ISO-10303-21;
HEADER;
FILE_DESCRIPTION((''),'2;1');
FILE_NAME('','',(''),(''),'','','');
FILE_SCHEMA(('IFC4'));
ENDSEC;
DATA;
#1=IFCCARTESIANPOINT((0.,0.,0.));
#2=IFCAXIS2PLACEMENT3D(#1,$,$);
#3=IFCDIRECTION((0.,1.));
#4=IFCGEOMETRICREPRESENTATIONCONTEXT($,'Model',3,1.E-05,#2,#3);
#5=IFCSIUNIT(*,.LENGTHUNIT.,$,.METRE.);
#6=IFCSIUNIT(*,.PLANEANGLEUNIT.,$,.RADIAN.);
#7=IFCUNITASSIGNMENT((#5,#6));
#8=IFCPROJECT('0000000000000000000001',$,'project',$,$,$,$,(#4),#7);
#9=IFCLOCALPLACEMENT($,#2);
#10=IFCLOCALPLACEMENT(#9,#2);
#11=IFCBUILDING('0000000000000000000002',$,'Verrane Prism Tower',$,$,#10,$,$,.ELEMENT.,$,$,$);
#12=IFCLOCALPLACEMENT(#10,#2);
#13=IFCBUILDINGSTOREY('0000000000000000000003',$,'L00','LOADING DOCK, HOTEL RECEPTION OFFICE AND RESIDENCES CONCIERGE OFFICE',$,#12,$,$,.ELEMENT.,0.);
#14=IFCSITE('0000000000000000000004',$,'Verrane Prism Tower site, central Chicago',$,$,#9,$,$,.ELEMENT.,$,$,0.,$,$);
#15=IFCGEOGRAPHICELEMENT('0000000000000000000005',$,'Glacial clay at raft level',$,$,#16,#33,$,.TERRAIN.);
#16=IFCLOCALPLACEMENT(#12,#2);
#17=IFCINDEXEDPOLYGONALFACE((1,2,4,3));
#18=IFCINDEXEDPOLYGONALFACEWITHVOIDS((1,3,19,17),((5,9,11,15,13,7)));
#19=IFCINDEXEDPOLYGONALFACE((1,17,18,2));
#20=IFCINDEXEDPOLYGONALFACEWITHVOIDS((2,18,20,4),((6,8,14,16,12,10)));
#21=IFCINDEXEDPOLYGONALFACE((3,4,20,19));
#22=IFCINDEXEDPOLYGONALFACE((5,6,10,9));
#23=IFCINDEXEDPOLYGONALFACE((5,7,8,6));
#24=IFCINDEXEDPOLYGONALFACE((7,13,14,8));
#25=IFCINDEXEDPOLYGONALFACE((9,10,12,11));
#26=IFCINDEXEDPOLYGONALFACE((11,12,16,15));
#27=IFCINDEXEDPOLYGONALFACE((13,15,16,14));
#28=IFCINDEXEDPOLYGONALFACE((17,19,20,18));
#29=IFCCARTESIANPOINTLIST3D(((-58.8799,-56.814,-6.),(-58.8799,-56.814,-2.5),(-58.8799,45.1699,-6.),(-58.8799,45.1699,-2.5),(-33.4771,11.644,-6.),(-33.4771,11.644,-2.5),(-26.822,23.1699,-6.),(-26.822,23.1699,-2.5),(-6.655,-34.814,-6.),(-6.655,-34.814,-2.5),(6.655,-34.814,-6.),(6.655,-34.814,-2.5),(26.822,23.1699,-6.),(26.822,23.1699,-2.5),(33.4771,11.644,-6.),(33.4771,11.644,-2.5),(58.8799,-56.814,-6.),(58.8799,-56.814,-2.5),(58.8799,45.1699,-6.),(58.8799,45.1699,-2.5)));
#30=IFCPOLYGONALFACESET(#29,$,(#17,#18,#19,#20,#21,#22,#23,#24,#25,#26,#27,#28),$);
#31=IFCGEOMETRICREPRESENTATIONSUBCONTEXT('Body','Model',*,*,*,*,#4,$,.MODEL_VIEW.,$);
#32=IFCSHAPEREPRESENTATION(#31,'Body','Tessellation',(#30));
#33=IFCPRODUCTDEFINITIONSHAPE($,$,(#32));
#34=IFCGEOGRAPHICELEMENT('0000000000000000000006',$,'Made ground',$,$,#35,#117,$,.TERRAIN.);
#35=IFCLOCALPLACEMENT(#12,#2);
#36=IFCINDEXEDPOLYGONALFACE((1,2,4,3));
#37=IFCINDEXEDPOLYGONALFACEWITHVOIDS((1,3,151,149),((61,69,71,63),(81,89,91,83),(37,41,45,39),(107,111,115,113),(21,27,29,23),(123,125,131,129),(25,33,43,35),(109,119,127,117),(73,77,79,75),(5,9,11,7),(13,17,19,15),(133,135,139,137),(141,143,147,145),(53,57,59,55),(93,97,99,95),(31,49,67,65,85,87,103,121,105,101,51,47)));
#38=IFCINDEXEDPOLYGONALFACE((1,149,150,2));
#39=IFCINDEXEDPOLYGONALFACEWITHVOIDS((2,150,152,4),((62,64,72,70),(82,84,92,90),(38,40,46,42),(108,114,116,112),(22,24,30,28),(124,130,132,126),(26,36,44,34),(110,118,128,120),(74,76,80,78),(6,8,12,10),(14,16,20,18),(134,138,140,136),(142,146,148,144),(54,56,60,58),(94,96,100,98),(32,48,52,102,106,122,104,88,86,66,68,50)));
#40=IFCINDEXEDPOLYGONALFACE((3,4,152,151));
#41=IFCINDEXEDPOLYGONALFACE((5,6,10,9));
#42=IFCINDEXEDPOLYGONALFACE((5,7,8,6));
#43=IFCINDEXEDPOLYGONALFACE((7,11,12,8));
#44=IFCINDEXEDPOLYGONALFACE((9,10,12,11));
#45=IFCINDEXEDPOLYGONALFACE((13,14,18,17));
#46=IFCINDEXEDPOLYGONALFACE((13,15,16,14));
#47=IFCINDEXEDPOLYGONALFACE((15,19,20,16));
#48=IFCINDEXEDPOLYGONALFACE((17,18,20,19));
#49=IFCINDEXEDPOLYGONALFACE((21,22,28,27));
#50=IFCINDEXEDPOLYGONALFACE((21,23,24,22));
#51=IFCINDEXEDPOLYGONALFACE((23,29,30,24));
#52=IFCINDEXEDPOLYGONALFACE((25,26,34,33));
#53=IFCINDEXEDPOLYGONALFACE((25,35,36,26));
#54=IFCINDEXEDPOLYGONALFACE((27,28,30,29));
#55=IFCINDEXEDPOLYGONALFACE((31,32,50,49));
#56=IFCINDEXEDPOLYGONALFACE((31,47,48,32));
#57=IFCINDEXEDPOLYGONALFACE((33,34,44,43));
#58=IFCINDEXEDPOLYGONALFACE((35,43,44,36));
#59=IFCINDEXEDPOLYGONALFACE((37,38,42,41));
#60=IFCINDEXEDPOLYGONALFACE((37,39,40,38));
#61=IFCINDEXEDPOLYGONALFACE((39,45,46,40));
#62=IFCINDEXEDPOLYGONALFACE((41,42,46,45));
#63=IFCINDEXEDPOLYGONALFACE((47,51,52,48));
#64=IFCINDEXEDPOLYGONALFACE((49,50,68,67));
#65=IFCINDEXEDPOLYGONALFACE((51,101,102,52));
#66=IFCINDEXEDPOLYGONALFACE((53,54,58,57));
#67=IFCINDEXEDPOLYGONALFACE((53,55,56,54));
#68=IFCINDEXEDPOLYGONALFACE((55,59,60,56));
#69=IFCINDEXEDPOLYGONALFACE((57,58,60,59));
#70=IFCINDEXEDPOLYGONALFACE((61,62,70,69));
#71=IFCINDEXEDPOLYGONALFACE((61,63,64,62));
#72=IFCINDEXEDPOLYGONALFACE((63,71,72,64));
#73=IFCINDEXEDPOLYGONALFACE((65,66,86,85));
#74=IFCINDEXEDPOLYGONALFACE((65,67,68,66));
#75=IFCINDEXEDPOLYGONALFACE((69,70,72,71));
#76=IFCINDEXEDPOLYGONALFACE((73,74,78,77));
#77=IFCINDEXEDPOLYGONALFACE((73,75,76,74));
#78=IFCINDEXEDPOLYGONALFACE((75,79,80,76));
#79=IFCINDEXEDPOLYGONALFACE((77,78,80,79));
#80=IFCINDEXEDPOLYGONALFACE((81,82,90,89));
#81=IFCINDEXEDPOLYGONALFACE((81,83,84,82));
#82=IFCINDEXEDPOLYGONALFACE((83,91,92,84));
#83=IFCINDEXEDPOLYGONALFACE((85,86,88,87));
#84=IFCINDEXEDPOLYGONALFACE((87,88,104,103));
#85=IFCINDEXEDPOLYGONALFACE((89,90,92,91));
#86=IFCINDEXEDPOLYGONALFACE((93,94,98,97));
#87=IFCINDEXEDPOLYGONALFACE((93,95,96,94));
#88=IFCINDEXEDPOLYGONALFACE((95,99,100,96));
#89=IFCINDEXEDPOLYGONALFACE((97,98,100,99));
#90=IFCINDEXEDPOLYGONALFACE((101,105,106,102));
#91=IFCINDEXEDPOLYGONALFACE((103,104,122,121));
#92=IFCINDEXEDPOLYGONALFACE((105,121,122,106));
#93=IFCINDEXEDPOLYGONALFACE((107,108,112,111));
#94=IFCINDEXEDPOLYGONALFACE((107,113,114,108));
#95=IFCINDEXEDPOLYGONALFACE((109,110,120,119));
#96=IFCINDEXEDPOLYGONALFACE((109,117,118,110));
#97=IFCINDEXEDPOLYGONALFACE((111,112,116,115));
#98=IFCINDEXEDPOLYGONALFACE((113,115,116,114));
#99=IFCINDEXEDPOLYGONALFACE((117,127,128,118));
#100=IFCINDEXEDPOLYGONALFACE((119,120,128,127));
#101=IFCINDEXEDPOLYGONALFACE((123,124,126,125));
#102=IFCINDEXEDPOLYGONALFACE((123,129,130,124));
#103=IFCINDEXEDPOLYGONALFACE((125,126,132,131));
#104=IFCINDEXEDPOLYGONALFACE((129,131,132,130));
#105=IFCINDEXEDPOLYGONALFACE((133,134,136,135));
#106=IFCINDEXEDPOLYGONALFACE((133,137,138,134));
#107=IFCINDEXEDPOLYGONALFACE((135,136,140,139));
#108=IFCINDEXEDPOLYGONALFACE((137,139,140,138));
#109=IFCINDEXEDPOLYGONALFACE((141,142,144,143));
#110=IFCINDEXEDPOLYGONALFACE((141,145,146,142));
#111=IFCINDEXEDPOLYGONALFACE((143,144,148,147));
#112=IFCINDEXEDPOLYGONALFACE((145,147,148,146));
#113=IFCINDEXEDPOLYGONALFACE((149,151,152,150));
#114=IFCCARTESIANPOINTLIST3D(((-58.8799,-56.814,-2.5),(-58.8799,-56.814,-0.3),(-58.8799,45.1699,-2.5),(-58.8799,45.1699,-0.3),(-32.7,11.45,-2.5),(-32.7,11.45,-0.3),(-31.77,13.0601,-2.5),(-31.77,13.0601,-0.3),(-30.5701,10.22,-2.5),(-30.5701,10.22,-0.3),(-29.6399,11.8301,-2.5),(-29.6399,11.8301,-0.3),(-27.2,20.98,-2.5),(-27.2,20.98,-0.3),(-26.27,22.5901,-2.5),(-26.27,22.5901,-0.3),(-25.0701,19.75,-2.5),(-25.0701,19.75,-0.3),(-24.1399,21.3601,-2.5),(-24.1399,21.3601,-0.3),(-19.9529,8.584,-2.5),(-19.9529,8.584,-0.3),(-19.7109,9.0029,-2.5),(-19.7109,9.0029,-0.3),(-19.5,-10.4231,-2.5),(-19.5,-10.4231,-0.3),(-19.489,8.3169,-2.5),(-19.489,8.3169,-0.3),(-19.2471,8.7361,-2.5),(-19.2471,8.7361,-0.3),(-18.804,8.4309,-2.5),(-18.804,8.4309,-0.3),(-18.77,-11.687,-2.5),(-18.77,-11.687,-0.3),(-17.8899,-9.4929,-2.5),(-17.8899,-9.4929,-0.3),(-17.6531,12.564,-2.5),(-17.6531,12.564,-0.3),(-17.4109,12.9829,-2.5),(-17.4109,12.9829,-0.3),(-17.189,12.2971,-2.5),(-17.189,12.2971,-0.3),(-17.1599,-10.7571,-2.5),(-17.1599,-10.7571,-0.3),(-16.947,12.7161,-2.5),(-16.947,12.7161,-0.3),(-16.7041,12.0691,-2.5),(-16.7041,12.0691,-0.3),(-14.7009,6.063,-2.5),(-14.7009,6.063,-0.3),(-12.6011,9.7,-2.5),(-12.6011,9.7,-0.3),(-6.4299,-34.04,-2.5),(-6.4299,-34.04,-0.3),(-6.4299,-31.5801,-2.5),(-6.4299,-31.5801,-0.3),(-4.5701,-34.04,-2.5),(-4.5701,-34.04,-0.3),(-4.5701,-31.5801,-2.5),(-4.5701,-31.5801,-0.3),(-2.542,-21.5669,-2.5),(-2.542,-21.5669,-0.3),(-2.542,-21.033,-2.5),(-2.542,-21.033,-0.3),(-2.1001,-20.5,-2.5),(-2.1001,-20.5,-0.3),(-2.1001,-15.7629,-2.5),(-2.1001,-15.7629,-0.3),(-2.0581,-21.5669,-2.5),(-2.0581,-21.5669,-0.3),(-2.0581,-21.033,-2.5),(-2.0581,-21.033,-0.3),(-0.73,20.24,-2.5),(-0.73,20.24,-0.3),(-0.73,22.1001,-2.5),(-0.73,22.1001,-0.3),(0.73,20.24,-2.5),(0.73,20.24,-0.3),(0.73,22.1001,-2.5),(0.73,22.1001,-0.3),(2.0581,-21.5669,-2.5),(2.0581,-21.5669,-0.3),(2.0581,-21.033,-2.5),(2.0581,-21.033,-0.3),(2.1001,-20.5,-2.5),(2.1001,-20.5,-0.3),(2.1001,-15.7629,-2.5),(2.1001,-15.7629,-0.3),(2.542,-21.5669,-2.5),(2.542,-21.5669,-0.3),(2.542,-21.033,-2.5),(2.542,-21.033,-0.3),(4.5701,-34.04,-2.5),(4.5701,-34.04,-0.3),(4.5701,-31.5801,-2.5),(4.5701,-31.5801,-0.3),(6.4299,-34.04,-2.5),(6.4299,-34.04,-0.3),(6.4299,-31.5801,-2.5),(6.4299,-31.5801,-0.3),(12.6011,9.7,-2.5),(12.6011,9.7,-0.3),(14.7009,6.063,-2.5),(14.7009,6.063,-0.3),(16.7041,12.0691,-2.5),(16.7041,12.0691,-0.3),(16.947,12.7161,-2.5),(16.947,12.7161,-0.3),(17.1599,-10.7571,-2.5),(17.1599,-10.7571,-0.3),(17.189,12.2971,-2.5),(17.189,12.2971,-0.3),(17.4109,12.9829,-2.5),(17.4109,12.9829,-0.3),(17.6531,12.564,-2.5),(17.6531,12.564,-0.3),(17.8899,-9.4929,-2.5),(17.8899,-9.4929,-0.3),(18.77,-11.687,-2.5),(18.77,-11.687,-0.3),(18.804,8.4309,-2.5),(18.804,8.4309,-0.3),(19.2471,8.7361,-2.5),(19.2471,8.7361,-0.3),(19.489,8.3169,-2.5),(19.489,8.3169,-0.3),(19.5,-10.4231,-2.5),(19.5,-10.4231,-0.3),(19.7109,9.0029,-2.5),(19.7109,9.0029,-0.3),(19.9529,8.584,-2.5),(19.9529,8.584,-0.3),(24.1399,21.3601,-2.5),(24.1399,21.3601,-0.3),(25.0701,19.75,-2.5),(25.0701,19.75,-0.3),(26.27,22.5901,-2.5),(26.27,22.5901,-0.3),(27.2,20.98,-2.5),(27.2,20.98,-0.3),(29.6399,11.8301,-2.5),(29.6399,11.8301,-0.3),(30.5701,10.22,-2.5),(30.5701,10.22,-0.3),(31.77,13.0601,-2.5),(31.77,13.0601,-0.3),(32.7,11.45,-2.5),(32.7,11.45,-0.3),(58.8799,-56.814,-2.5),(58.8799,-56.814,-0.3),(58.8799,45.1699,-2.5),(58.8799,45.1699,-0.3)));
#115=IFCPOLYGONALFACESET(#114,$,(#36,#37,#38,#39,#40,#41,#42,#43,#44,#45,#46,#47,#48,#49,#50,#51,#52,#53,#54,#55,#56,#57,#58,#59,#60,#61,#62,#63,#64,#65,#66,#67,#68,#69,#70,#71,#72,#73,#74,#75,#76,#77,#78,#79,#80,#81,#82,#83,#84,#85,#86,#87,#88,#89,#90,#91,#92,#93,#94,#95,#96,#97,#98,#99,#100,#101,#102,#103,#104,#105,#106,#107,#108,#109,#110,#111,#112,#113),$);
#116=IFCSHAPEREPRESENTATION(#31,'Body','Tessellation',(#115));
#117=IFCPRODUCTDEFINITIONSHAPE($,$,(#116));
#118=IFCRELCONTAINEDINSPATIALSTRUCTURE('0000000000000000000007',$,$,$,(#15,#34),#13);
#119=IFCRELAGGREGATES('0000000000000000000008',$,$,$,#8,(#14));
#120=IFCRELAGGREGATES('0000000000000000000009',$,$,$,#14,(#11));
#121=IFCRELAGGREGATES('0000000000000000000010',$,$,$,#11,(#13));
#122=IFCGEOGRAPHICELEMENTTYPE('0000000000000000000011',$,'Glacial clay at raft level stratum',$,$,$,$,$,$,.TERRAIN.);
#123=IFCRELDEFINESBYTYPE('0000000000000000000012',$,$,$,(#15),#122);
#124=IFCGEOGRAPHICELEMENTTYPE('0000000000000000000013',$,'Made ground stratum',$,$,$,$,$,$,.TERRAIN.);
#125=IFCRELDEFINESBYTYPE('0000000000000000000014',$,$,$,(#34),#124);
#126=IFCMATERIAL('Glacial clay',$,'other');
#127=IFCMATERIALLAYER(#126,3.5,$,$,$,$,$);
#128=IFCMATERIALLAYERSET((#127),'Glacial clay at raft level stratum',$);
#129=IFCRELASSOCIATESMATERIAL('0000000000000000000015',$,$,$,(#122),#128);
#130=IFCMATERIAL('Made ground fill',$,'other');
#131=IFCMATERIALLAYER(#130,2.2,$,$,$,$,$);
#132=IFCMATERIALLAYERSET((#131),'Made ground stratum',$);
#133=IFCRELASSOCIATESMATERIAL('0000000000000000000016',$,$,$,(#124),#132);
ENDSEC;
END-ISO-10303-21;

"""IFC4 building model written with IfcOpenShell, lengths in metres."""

from ifc_helpers import new_model, si_unit, direction, frame, origin, place, context, subcontext, project, spatial, polyline, outline, extrude, material, layer, layer_set, type_object, element, save


model = new_model("IFC4")

# Units and contexts
model_context = context("Model", 3, precision=1e-05, world=origin(), true_north=direction((0.0, 1.0)))
body_context = subcontext(model_context, "Body", "Model", "MODEL_VIEW")
ifc_project = project(units=[si_unit("LENGTHUNIT", "METRE"), si_unit("PLANEANGLEUNIT", "RADIAN")], contexts=[model_context])

# Site, building, storey
site_placement = place(None, origin())
site = spatial("IfcSite", under=ifc_project, at=site_placement, Name="Verrane Prism Tower site, central Chicago", CompositionType="ELEMENT", RefElevation=0.0)
building_placement = place(site_placement, origin())
building = spatial("IfcBuilding", under=site, at=building_placement, Name="Verrane Prism Tower", CompositionType="ELEMENT")
storey_placement = place(building_placement, origin())
storey = spatial("IfcBuildingStorey", under=building, at=storey_placement, Name="L00", Description="LOADING DOCK, HOTEL RECEPTION OFFICE AND RESIDENCES CONCIERGE OFFICE", CompositionType="ELEMENT", Elevation=0.0)

# Geographic elements
ifc_material_1 = material(Name="Glacial clay", Category="other")
ifc_layer_1 = layer(ifc_material_1, 3.5)
ifc_layer_set_1 = layer_set([ifc_layer_1], Name="Glacial clay at raft level stratum")
geographic_element_type_1 = type_object("IfcGeographicElementType", Name="Glacial clay at raft level stratum", PredefinedType="TERRAIN", material=ifc_layer_set_1)
geographic_element_1_placement = place(storey_placement, frame((0.0, 0.0, -6.0)))
element("IfcGeographicElement", 1, at=geographic_element_1_placement, inside=storey, type_object=geographic_element_type_1, Name="Glacial clay at raft level", PredefinedType="TERRAIN", context=body_context, shape_type="SweptSolid", body=[
    extrude(outline(polyline([(-58.8799, -56.814), (58.8799, -56.814), (58.8799, 45.1699), (-58.8799, 45.1699), (-58.8799, -56.814)]), holes=[polyline([(-26.822, 23.1699), (-33.4771, 11.644), (-6.655, -34.814), (6.655, -34.814), (33.4771, 11.644), (26.822, 23.1699), (-26.822, 23.1699)])]), origin(), (0.0, 0.0, 1.0), 3.5),
])
ifc_material_2 = material(Name="Made ground fill", Category="other")
ifc_layer_2 = layer(ifc_material_2, 2.2)
ifc_layer_set_2 = layer_set([ifc_layer_2], Name="Made ground stratum")
geographic_element_type_2 = type_object("IfcGeographicElementType", Name="Made ground stratum", PredefinedType="TERRAIN", material=ifc_layer_set_2)
geographic_element_2_placement = place(storey_placement, frame((0.0, 0.0, -2.5)))
element("IfcGeographicElement", 2, at=geographic_element_2_placement, inside=storey, type_object=geographic_element_type_2, Name="Made ground", PredefinedType="TERRAIN", context=body_context, shape_type="SweptSolid", body=[
    extrude(outline(polyline([(-58.8799, -56.814), (58.8799, -56.814), (58.8799, 45.1699), (-58.8799, 45.1699), (-58.8799, -56.814)]), holes=[polyline([(-4.5701, -31.5801), (-6.4299, -31.5801), (-6.4299, -34.04), (-4.5701, -34.04), (-4.5701, -31.5801)]), polyline([(-2.0581, -21.5669), (-2.0581, -21.033), (-2.542, -21.033), (-2.542, -21.5669), (-2.0581, -21.5669)]), polyline([(-17.1599, -10.7571), (-17.8899, -9.4929), (-19.5, -10.4231), (-18.77, -11.687), (-17.1599, -10.7571)]), polyline([(12.6011, 9.7), (-12.6011, 9.7), (-16.7041, 12.0691), (-18.804, 8.4309), (-14.7009, 6.063), (-2.1001, -15.7629), (-2.1001, -20.5), (2.1001, -20.5), (2.1001, -15.7629), (14.7009, 6.063), (18.804, 8.4309), (16.7041, 12.0691), (12.6011, 9.7)]), polyline([(-19.9529, 8.584), (-19.489, 8.3169), (-19.2471, 8.7361), (-19.7109, 9.0029), (-19.9529, 8.584)]), polyline([(-30.5701, 10.22), (-29.6399, 11.8301), (-31.77, 13.0601), (-32.7, 11.45), (-30.5701, 10.22)]), polyline([(-17.6531, 12.564), (-17.189, 12.2971), (-16.947, 12.7161), (-17.4109, 12.9829), (-17.6531, 12.564)]), polyline([(-27.2, 20.98), (-25.0701, 19.75), (-24.1399, 21.3601), (-26.27, 22.5901), (-27.2, 20.98)]), polyline([(-0.73, 20.24), (0.73, 20.24), (0.73, 22.1001), (-0.73, 22.1001), (-0.73, 20.24)]), polyline([(6.4299, -34.04), (6.4299, -31.5801), (4.5701, -31.5801), (4.5701, -34.04), (6.4299, -34.04)]), polyline([(2.542, -21.5669), (2.542, -21.033), (2.0581, -21.033), (2.0581, -21.5669), (2.542, -21.5669)]), polyline([(19.5, -10.4231), (17.8899, -9.4929), (17.1599, -10.7571), (18.77, -11.687), (19.5, -10.4231)]), polyline([(19.7109, 9.0029), (19.2471, 8.7361), (19.489, 8.3169), (19.9529, 8.584), (19.7109, 9.0029)]), polyline([(31.77, 13.0601), (29.6399, 11.8301), (30.5701, 10.22), (32.7, 11.45), (31.77, 13.0601)]), polyline([(17.4109, 12.9829), (16.947, 12.7161), (17.189, 12.2971), (17.6531, 12.564), (17.4109, 12.9829)]), polyline([(26.27, 22.5901), (24.1399, 21.3601), (25.0701, 19.75), (27.2, 20.98), (26.27, 22.5901)])]), origin(), (0.0, 0.0, 1.0), 2.2),
])

save(model, "model.ifc")
